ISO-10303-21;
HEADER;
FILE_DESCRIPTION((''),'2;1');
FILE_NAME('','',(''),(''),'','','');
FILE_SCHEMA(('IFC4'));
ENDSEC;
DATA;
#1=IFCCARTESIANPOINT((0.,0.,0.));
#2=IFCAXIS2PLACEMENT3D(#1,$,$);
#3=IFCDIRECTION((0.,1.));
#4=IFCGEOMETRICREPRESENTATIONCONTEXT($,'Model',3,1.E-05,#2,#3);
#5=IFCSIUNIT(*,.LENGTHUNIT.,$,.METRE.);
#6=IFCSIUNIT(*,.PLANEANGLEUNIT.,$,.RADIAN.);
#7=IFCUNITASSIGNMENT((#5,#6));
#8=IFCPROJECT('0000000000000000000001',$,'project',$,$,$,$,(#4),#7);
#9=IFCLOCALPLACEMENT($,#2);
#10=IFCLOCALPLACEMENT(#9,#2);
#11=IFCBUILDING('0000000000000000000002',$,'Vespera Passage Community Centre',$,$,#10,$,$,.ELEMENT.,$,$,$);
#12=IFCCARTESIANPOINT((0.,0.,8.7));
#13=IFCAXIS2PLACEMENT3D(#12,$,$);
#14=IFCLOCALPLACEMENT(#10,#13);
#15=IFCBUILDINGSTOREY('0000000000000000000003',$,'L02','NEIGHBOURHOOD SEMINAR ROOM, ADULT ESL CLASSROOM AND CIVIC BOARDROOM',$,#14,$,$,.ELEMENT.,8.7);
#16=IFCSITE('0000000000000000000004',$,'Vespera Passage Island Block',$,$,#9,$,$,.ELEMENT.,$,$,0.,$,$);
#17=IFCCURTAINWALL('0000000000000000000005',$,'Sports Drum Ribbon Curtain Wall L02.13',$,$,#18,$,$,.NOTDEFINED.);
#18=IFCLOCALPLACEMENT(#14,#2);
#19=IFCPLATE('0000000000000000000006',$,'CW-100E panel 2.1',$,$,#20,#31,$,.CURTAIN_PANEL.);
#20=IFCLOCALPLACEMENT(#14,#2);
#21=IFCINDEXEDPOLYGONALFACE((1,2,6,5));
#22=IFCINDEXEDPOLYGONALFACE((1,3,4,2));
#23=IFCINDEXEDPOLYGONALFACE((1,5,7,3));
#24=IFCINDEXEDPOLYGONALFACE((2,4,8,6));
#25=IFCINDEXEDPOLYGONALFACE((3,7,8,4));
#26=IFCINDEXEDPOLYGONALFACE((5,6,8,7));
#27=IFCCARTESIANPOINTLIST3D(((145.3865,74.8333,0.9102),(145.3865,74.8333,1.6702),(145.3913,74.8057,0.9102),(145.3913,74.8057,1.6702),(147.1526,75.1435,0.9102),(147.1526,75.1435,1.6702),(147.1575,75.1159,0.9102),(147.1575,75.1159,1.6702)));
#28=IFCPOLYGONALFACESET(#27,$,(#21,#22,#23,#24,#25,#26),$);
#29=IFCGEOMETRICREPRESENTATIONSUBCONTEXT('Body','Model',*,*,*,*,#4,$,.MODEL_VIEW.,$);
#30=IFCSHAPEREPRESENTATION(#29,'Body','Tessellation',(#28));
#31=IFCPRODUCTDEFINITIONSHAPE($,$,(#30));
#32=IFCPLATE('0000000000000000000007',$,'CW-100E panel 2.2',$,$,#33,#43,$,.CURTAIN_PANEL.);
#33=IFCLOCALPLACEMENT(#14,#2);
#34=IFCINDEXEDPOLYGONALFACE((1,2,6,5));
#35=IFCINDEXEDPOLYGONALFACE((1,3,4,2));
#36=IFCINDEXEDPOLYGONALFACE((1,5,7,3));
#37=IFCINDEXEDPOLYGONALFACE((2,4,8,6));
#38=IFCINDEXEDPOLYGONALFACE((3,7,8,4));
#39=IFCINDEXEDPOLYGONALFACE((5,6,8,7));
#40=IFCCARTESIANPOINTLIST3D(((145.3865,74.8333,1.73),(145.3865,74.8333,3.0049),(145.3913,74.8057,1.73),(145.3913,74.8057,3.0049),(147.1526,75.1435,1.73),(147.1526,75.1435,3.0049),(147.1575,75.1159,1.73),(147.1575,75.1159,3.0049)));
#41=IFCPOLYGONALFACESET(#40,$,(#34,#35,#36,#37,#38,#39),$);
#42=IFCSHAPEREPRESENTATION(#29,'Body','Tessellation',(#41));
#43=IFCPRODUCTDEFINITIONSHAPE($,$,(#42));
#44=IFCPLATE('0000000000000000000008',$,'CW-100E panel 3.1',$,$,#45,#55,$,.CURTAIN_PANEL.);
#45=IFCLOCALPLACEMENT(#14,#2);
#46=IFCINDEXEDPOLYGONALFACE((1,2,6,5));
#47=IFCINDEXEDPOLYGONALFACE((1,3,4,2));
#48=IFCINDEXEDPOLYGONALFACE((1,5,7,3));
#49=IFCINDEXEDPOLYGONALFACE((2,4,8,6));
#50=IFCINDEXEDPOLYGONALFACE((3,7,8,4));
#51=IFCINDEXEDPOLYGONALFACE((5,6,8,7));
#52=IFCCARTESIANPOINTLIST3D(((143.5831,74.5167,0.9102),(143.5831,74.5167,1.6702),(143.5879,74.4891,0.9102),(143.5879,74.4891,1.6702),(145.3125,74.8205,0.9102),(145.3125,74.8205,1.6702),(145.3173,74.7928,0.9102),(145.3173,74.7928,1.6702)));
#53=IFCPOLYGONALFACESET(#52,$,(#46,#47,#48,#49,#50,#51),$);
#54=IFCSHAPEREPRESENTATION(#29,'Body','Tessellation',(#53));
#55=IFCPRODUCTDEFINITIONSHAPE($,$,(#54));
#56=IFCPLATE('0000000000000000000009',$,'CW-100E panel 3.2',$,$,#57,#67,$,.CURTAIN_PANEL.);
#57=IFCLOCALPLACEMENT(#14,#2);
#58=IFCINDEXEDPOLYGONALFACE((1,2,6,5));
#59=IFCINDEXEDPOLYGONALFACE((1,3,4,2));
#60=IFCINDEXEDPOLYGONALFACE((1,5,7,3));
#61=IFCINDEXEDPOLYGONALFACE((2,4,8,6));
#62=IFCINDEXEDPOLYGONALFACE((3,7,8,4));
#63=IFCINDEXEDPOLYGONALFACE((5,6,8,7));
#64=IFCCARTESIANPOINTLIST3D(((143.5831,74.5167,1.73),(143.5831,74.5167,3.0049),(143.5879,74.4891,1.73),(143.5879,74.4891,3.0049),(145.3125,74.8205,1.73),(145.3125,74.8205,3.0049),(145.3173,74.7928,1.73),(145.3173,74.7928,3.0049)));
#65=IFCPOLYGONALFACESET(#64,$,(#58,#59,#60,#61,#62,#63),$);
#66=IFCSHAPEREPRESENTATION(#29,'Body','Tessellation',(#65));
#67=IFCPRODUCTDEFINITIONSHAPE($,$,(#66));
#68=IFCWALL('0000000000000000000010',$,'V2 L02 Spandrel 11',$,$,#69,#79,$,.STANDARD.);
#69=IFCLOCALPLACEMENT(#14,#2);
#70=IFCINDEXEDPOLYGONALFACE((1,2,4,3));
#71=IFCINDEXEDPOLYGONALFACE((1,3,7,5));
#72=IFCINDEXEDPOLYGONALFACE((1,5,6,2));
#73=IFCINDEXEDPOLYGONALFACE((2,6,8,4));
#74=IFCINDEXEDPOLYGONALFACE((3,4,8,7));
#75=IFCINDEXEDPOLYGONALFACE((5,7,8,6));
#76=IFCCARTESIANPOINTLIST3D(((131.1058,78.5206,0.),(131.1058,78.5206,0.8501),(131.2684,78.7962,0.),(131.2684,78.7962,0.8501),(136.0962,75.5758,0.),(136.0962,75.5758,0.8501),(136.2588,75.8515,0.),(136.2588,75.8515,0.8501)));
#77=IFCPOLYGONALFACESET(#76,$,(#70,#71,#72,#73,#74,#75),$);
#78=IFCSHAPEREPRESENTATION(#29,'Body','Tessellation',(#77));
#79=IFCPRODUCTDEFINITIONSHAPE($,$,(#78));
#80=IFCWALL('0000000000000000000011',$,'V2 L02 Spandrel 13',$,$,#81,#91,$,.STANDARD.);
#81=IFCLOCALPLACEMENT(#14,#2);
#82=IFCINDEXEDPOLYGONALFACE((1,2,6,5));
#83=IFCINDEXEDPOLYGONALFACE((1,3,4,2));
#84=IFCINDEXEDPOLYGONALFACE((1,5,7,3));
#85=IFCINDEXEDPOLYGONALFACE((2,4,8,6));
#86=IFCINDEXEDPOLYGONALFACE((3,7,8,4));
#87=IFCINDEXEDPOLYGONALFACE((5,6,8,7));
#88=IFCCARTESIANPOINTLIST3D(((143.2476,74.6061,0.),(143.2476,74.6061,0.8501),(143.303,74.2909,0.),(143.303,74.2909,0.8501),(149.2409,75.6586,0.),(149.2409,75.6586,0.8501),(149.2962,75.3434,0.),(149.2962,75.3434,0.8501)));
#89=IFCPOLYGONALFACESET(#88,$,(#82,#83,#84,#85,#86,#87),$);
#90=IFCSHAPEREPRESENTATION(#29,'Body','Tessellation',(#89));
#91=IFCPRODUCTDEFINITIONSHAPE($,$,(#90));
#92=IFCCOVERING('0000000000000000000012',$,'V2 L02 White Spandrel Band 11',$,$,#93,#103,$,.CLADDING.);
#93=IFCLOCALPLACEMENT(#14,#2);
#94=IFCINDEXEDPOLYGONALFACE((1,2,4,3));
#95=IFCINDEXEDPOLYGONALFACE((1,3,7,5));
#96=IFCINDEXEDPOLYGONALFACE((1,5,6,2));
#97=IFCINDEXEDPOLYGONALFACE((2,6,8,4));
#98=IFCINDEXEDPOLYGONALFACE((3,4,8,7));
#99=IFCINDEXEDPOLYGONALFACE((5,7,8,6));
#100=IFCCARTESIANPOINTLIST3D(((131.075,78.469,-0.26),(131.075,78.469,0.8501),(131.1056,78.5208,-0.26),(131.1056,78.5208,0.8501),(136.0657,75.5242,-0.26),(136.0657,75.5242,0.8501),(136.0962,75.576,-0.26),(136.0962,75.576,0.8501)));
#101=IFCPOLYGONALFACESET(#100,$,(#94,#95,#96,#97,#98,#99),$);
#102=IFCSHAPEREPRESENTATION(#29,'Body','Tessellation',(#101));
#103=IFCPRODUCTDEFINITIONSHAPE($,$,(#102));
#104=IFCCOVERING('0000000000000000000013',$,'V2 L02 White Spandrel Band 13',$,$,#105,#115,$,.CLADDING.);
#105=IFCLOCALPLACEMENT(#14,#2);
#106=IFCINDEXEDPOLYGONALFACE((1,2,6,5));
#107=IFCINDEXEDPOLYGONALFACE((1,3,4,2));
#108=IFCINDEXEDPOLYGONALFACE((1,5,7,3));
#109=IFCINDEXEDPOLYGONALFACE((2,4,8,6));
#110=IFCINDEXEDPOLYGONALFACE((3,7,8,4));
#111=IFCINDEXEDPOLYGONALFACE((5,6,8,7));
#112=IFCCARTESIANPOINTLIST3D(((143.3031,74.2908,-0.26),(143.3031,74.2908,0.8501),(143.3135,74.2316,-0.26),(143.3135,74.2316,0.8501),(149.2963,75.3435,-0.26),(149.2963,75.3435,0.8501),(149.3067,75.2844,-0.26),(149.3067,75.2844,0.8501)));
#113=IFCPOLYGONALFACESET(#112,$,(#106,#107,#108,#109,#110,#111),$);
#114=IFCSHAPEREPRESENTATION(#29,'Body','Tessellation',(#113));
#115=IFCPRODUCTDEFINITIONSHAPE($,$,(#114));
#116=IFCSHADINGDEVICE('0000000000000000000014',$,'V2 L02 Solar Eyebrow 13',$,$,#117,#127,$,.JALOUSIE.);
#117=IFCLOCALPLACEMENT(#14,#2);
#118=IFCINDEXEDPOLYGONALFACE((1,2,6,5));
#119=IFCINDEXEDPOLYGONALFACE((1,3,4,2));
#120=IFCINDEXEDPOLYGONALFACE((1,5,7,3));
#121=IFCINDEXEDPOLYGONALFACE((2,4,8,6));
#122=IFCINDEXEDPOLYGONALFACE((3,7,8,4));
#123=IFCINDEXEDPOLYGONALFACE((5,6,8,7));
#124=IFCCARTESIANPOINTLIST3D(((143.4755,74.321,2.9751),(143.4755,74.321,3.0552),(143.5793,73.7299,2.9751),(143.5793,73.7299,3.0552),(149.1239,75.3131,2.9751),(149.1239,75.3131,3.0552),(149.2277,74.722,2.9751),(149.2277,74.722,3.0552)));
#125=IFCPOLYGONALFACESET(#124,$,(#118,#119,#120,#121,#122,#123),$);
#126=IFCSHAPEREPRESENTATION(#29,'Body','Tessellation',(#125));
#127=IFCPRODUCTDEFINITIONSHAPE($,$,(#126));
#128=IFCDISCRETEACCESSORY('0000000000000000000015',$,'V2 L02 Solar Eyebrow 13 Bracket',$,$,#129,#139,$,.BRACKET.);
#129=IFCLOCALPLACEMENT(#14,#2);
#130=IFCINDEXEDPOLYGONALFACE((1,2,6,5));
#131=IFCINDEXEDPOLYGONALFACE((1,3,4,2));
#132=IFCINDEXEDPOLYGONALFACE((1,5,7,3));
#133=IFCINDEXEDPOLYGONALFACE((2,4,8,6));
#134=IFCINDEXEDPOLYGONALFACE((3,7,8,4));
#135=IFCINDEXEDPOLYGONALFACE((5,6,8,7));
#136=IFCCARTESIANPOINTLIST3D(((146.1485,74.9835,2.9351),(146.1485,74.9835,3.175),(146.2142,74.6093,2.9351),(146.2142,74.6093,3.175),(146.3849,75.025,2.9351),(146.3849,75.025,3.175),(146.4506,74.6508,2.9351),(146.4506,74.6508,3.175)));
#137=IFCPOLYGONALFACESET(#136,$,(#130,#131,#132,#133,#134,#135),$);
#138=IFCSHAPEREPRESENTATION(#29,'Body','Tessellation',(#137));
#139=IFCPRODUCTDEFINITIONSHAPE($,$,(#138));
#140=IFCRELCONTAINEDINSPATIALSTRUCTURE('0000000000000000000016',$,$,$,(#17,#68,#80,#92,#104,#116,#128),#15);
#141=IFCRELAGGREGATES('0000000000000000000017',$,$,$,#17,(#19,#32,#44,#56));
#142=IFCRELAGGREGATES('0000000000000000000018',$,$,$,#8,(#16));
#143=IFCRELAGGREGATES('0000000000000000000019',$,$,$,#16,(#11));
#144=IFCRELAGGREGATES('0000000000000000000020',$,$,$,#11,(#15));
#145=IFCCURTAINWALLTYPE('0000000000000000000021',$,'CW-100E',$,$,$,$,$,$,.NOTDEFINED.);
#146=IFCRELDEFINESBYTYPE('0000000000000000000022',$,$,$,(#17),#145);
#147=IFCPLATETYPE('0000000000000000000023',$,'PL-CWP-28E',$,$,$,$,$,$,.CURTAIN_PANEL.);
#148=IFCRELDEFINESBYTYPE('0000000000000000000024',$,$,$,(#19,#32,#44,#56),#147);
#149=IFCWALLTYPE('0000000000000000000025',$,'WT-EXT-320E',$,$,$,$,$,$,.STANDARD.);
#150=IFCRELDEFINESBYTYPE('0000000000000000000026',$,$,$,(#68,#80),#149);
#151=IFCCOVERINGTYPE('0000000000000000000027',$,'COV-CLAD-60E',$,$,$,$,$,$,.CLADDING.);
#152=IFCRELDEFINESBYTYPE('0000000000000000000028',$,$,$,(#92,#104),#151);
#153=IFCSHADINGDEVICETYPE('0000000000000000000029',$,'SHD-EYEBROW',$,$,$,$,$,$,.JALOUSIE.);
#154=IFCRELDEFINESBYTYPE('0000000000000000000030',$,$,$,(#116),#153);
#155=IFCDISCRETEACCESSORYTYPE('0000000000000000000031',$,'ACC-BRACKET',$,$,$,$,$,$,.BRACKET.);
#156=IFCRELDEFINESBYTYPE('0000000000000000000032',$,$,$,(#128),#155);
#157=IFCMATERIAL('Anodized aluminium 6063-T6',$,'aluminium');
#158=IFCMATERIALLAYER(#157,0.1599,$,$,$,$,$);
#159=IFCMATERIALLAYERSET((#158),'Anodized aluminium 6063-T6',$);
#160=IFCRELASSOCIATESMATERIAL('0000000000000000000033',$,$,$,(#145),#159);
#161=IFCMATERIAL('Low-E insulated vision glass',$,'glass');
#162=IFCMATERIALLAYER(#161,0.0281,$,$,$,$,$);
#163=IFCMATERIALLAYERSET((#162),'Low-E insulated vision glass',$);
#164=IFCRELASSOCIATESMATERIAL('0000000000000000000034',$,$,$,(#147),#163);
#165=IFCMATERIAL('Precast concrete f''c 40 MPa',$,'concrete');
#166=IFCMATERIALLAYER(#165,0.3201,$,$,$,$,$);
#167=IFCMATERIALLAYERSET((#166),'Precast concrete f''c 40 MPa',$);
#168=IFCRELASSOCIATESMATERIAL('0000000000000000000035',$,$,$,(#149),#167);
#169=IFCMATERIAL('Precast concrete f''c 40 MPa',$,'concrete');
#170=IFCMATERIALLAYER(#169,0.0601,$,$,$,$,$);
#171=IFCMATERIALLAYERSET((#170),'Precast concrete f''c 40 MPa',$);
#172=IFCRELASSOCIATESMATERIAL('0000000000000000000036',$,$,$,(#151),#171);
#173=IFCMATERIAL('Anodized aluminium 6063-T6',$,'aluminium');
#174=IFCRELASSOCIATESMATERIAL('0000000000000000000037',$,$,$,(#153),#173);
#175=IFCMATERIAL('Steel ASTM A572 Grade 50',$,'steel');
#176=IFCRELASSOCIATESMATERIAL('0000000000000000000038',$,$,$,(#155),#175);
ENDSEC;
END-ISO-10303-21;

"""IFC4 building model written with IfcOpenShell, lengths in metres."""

from ifc_helpers import new_model, si_unit, direction, frame, frame_2d, origin, origin_2d, place, context, subcontext, project, spatial, rectangle, extrude, material, layer, layer_set, type_object, element, aggregate, save


model = new_model("IFC4")

# Units and contexts
model_context = context("Model", 3, precision=1e-05, world=origin(), true_north=direction((0.0, 1.0)))
body_context = subcontext(model_context, "Body", "Model", "MODEL_VIEW")
ifc_project = project(units=[si_unit("LENGTHUNIT", "METRE"), si_unit("PLANEANGLEUNIT", "RADIAN")], contexts=[model_context])

# Site, building, storey
site_placement = place(None, origin())
site = spatial("IfcSite", under=ifc_project, at=site_placement, Name="Vespera Passage Island Block", CompositionType="ELEMENT", RefElevation=0.0)
building_placement = place(site_placement, origin())
building = spatial("IfcBuilding", under=site, at=building_placement, Name="Vespera Passage Community Centre", CompositionType="ELEMENT")
storey_placement = place(building_placement, frame((0.0, 0.0, 8.7)))
storey = spatial("IfcBuildingStorey", under=building, at=storey_placement, Name="L02", Description="NEIGHBOURHOOD SEMINAR ROOM, ADULT ESL CLASSROOM AND CIVIC BOARDROOM", CompositionType="ELEMENT", Elevation=8.7)

# Curtain wall
ifc_material_1 = material(Name="Anodized aluminium 6063-T6", Category="aluminium")
ifc_layer_1 = layer(ifc_material_1, 0.1599)
ifc_layer_set_1 = layer_set([ifc_layer_1], Name="Anodized aluminium 6063-T6")
curtain_wall_type_1 = type_object("IfcCurtainWallType", Name="CW-100E", PredefinedType="NOTDEFINED", material=ifc_layer_set_1)
curtain_wall_1_placement = place(storey_placement, origin())
curtain_wall_1 = element("IfcCurtainWall", 1, at=curtain_wall_1_placement, inside=storey, type_object=curtain_wall_type_1, Name="Sports Drum Ribbon Curtain Wall L02.13", PredefinedType="NOTDEFINED")

# Plates
ifc_material_2 = material(Name="Low-E insulated vision glass", Category="glass")
ifc_layer_2 = layer(ifc_material_2, 0.0281)
ifc_layer_set_2 = layer_set([ifc_layer_2], Name="Low-E insulated vision glass")
plate_type = type_object("IfcPlateType", Name="PL-CWP-28E", PredefinedType="CURTAIN_PANEL", material=ifc_layer_set_2)
plate_1_placement = place(storey_placement, frame((146.272, 74.9746, 0.9102), z_axis=(0.0, 0.0, 1.0), x_axis=(-0.984923, -0.172994, 0.0)))
plate_1 = element("IfcPlate", 2, at=plate_1_placement, type_object=plate_type, Name="CW-100E panel 2.1", PredefinedType="CURTAIN_PANEL", context=body_context, shape_type="SweptSolid", body=[
    extrude(rectangle(XDim=1.7932, YDim=0.0281, at=origin_2d()), origin(), (0.0, 0.0, 1.0), 0.76),
])
plate_2_placement = place(storey_placement, frame((146.272, 74.9746, 1.73), z_axis=(0.0, 0.0, 1.0), x_axis=(-0.984923, -0.172994, 0.0)))
plate_2 = element("IfcPlate", 3, at=plate_2_placement, type_object=plate_type, Name="CW-100E panel 2.2", PredefinedType="CURTAIN_PANEL", context=body_context, shape_type="SweptSolid", body=[
    extrude(rectangle(XDim=1.7932, YDim=0.0281, at=origin_2d()), origin(), (0.0, 0.0, 1.0), 1.2749),
])
plate_3_placement = place(storey_placement, frame((144.4502, 74.6548, 0.9102), z_axis=(0.0, 0.0, 1.0), x_axis=(-0.984923, -0.172994, 0.0)))
plate_3 = element("IfcPlate", 4, at=plate_3_placement, type_object=plate_type, Name="CW-100E panel 3.1", PredefinedType="CURTAIN_PANEL", context=body_context, shape_type="SweptSolid", body=[
    extrude(rectangle(XDim=1.7559, YDim=0.0281, at=origin_2d()), origin(), (0.0, 0.0, 1.0), 0.76),
])
plate_4_placement = place(storey_placement, frame((144.4502, 74.6548, 1.73), z_axis=(0.0, 0.0, 1.0), x_axis=(-0.984923, -0.172994, 0.0)))
plate_4 = element("IfcPlate", 5, at=plate_4_placement, type_object=plate_type, Name="CW-100E panel 3.2", PredefinedType="CURTAIN_PANEL", context=body_context, shape_type="SweptSolid", body=[
    extrude(rectangle(XDim=1.7559, YDim=0.0281, at=origin_2d()), origin(), (0.0, 0.0, 1.0), 1.2749),
])
aggregate(curtain_wall_1, [plate_1, plate_2, plate_3, plate_4])

# Walls
ifc_material_3 = material(Name="Precast concrete f'c 40 MPa", Category="concrete")
ifc_layer_3 = layer(ifc_material_3, 0.3201)
ifc_layer_set_3 = layer_set([ifc_layer_3], Name="Precast concrete f'c 40 MPa")
wall_type = type_object("IfcWallType", Name="WT-EXT-320E", PredefinedType="STANDARD", material=ifc_layer_set_3)
wall_1_placement = place(storey_placement, frame((136.1775, 75.7136, 0.0), z_axis=(0.0, 0.0, 1.0), x_axis=(-0.861236, 0.508205, 0.0)))
element("IfcWall", 6, at=wall_1_placement, inside=storey, type_object=wall_type, Name="V2 L02 Spandrel 11", PredefinedType="STANDARD", context=body_context, shape_type="SweptSolid", body=[
    extrude(rectangle(XDim=5.7944, YDim=0.3201, at=frame_2d((2.8972, 0.0))), origin(), (0.0, 0.0, 1.0), 0.8501),
])
wall_2_placement = place(storey_placement, frame((149.2686, 75.501, 0.0), z_axis=(0.0, 0.0, 1.0), x_axis=(-0.984927, -0.172968, 0.0)))
element("IfcWall", 7, at=wall_2_placement, inside=storey, type_object=wall_type, Name="V2 L02 Spandrel 13", PredefinedType="STANDARD", context=body_context, shape_type="SweptSolid", body=[
    extrude(rectangle(XDim=6.085, YDim=0.3201, at=frame_2d((3.0425, 0.0))), origin(), (0.0, 0.0, 1.0), 0.8501),
])

# Coverings
ifc_material_4 = material(Name="Precast concrete f'c 40 MPa", Category="concrete")
ifc_layer_4 = layer(ifc_material_4, 0.0601)
ifc_layer_set_4 = layer_set([ifc_layer_4], Name="Precast concrete f'c 40 MPa")
covering_type = type_object("IfcCoveringType", Name="COV-CLAD-60E", PredefinedType="CLADDING", material=ifc_layer_set_4)
covering_1_placement = place(storey_placement, frame((136.0811, 75.55, -0.26), z_axis=(0.0, 0.0, 1.0), x_axis=(-0.861247, 0.508187, 0.0)))
element("IfcCovering", 8, at=covering_1_placement, inside=storey, type_object=covering_type, Name="V2 L02 White Spandrel Band 11", PredefinedType="CLADDING", context=body_context, shape_type="SweptSolid", body=[
    extrude(rectangle(XDim=5.7947, YDim=0.0601, at=frame_2d((2.8975, 0.0))), origin(), (0.0, 0.0, 1.0), 1.1101),
])
covering_2_placement = place(storey_placement, frame((149.3015, 75.314, -0.26), z_axis=(0.0, 0.0, 1.0), x_axis=(-0.984921, -0.173007, 0.0)))
element("IfcCovering", 9, at=covering_2_placement, inside=storey, type_object=covering_type, Name="V2 L02 White Spandrel Band 13", PredefinedType="CLADDING", context=body_context, shape_type="SweptSolid", body=[
    extrude(rectangle(XDim=6.085, YDim=0.0601, at=frame_2d((3.0425, 0.0))), origin(), (0.0, 0.0, 1.0), 1.1101),
])

# Shading device
ifc_material_5 = material(Name="Anodized aluminium 6063-T6", Category="aluminium")
shading_device_type = type_object("IfcShadingDeviceType", Name="SHD-EYEBROW", PredefinedType="JALOUSIE", material=ifc_material_5)
shading_device_placement = place(storey_placement, frame((146.3516, 74.5215, 2.9751), z_axis=(0.0, 0.0, 1.0), x_axis=(-0.984923, -0.172995, 0.0)))
element("IfcShadingDevice", 10, at=shading_device_placement, inside=storey, type_object=shading_device_type, Name="V2 L02 Solar Eyebrow 13", PredefinedType="JALOUSIE", context=body_context, shape_type="SweptSolid", body=[
    extrude(rectangle(XDim=5.7349, YDim=0.6001, at=origin_2d()), origin(), (0.0, 0.0, 1.0), 0.0801),
])

# Discrete accessory
ifc_material_6 = material(Name="Steel ASTM A572 Grade 50", Category="steel")
discrete_accessory_type = type_object("IfcDiscreteAccessoryType", Name="ACC-BRACKET", PredefinedType="BRACKET", material=ifc_material_6)
discrete_accessory_placement = place(storey_placement, frame((146.2996, 74.8171, 2.9351), z_axis=(0.0, 0.0, 1.0), x_axis=(-0.984923, -0.172995, 0.0)))
element("IfcDiscreteAccessory", 11, at=discrete_accessory_placement, inside=storey, type_object=discrete_accessory_type, Name="V2 L02 Solar Eyebrow 13 Bracket", PredefinedType="BRACKET", context=body_context, shape_type="SweptSolid", body=[
    extrude(rectangle(XDim=0.24, YDim=0.3799, at=origin_2d()), origin(), (0.0, 0.0, 1.0), 0.24),
])

save(model, "model.ifc")
